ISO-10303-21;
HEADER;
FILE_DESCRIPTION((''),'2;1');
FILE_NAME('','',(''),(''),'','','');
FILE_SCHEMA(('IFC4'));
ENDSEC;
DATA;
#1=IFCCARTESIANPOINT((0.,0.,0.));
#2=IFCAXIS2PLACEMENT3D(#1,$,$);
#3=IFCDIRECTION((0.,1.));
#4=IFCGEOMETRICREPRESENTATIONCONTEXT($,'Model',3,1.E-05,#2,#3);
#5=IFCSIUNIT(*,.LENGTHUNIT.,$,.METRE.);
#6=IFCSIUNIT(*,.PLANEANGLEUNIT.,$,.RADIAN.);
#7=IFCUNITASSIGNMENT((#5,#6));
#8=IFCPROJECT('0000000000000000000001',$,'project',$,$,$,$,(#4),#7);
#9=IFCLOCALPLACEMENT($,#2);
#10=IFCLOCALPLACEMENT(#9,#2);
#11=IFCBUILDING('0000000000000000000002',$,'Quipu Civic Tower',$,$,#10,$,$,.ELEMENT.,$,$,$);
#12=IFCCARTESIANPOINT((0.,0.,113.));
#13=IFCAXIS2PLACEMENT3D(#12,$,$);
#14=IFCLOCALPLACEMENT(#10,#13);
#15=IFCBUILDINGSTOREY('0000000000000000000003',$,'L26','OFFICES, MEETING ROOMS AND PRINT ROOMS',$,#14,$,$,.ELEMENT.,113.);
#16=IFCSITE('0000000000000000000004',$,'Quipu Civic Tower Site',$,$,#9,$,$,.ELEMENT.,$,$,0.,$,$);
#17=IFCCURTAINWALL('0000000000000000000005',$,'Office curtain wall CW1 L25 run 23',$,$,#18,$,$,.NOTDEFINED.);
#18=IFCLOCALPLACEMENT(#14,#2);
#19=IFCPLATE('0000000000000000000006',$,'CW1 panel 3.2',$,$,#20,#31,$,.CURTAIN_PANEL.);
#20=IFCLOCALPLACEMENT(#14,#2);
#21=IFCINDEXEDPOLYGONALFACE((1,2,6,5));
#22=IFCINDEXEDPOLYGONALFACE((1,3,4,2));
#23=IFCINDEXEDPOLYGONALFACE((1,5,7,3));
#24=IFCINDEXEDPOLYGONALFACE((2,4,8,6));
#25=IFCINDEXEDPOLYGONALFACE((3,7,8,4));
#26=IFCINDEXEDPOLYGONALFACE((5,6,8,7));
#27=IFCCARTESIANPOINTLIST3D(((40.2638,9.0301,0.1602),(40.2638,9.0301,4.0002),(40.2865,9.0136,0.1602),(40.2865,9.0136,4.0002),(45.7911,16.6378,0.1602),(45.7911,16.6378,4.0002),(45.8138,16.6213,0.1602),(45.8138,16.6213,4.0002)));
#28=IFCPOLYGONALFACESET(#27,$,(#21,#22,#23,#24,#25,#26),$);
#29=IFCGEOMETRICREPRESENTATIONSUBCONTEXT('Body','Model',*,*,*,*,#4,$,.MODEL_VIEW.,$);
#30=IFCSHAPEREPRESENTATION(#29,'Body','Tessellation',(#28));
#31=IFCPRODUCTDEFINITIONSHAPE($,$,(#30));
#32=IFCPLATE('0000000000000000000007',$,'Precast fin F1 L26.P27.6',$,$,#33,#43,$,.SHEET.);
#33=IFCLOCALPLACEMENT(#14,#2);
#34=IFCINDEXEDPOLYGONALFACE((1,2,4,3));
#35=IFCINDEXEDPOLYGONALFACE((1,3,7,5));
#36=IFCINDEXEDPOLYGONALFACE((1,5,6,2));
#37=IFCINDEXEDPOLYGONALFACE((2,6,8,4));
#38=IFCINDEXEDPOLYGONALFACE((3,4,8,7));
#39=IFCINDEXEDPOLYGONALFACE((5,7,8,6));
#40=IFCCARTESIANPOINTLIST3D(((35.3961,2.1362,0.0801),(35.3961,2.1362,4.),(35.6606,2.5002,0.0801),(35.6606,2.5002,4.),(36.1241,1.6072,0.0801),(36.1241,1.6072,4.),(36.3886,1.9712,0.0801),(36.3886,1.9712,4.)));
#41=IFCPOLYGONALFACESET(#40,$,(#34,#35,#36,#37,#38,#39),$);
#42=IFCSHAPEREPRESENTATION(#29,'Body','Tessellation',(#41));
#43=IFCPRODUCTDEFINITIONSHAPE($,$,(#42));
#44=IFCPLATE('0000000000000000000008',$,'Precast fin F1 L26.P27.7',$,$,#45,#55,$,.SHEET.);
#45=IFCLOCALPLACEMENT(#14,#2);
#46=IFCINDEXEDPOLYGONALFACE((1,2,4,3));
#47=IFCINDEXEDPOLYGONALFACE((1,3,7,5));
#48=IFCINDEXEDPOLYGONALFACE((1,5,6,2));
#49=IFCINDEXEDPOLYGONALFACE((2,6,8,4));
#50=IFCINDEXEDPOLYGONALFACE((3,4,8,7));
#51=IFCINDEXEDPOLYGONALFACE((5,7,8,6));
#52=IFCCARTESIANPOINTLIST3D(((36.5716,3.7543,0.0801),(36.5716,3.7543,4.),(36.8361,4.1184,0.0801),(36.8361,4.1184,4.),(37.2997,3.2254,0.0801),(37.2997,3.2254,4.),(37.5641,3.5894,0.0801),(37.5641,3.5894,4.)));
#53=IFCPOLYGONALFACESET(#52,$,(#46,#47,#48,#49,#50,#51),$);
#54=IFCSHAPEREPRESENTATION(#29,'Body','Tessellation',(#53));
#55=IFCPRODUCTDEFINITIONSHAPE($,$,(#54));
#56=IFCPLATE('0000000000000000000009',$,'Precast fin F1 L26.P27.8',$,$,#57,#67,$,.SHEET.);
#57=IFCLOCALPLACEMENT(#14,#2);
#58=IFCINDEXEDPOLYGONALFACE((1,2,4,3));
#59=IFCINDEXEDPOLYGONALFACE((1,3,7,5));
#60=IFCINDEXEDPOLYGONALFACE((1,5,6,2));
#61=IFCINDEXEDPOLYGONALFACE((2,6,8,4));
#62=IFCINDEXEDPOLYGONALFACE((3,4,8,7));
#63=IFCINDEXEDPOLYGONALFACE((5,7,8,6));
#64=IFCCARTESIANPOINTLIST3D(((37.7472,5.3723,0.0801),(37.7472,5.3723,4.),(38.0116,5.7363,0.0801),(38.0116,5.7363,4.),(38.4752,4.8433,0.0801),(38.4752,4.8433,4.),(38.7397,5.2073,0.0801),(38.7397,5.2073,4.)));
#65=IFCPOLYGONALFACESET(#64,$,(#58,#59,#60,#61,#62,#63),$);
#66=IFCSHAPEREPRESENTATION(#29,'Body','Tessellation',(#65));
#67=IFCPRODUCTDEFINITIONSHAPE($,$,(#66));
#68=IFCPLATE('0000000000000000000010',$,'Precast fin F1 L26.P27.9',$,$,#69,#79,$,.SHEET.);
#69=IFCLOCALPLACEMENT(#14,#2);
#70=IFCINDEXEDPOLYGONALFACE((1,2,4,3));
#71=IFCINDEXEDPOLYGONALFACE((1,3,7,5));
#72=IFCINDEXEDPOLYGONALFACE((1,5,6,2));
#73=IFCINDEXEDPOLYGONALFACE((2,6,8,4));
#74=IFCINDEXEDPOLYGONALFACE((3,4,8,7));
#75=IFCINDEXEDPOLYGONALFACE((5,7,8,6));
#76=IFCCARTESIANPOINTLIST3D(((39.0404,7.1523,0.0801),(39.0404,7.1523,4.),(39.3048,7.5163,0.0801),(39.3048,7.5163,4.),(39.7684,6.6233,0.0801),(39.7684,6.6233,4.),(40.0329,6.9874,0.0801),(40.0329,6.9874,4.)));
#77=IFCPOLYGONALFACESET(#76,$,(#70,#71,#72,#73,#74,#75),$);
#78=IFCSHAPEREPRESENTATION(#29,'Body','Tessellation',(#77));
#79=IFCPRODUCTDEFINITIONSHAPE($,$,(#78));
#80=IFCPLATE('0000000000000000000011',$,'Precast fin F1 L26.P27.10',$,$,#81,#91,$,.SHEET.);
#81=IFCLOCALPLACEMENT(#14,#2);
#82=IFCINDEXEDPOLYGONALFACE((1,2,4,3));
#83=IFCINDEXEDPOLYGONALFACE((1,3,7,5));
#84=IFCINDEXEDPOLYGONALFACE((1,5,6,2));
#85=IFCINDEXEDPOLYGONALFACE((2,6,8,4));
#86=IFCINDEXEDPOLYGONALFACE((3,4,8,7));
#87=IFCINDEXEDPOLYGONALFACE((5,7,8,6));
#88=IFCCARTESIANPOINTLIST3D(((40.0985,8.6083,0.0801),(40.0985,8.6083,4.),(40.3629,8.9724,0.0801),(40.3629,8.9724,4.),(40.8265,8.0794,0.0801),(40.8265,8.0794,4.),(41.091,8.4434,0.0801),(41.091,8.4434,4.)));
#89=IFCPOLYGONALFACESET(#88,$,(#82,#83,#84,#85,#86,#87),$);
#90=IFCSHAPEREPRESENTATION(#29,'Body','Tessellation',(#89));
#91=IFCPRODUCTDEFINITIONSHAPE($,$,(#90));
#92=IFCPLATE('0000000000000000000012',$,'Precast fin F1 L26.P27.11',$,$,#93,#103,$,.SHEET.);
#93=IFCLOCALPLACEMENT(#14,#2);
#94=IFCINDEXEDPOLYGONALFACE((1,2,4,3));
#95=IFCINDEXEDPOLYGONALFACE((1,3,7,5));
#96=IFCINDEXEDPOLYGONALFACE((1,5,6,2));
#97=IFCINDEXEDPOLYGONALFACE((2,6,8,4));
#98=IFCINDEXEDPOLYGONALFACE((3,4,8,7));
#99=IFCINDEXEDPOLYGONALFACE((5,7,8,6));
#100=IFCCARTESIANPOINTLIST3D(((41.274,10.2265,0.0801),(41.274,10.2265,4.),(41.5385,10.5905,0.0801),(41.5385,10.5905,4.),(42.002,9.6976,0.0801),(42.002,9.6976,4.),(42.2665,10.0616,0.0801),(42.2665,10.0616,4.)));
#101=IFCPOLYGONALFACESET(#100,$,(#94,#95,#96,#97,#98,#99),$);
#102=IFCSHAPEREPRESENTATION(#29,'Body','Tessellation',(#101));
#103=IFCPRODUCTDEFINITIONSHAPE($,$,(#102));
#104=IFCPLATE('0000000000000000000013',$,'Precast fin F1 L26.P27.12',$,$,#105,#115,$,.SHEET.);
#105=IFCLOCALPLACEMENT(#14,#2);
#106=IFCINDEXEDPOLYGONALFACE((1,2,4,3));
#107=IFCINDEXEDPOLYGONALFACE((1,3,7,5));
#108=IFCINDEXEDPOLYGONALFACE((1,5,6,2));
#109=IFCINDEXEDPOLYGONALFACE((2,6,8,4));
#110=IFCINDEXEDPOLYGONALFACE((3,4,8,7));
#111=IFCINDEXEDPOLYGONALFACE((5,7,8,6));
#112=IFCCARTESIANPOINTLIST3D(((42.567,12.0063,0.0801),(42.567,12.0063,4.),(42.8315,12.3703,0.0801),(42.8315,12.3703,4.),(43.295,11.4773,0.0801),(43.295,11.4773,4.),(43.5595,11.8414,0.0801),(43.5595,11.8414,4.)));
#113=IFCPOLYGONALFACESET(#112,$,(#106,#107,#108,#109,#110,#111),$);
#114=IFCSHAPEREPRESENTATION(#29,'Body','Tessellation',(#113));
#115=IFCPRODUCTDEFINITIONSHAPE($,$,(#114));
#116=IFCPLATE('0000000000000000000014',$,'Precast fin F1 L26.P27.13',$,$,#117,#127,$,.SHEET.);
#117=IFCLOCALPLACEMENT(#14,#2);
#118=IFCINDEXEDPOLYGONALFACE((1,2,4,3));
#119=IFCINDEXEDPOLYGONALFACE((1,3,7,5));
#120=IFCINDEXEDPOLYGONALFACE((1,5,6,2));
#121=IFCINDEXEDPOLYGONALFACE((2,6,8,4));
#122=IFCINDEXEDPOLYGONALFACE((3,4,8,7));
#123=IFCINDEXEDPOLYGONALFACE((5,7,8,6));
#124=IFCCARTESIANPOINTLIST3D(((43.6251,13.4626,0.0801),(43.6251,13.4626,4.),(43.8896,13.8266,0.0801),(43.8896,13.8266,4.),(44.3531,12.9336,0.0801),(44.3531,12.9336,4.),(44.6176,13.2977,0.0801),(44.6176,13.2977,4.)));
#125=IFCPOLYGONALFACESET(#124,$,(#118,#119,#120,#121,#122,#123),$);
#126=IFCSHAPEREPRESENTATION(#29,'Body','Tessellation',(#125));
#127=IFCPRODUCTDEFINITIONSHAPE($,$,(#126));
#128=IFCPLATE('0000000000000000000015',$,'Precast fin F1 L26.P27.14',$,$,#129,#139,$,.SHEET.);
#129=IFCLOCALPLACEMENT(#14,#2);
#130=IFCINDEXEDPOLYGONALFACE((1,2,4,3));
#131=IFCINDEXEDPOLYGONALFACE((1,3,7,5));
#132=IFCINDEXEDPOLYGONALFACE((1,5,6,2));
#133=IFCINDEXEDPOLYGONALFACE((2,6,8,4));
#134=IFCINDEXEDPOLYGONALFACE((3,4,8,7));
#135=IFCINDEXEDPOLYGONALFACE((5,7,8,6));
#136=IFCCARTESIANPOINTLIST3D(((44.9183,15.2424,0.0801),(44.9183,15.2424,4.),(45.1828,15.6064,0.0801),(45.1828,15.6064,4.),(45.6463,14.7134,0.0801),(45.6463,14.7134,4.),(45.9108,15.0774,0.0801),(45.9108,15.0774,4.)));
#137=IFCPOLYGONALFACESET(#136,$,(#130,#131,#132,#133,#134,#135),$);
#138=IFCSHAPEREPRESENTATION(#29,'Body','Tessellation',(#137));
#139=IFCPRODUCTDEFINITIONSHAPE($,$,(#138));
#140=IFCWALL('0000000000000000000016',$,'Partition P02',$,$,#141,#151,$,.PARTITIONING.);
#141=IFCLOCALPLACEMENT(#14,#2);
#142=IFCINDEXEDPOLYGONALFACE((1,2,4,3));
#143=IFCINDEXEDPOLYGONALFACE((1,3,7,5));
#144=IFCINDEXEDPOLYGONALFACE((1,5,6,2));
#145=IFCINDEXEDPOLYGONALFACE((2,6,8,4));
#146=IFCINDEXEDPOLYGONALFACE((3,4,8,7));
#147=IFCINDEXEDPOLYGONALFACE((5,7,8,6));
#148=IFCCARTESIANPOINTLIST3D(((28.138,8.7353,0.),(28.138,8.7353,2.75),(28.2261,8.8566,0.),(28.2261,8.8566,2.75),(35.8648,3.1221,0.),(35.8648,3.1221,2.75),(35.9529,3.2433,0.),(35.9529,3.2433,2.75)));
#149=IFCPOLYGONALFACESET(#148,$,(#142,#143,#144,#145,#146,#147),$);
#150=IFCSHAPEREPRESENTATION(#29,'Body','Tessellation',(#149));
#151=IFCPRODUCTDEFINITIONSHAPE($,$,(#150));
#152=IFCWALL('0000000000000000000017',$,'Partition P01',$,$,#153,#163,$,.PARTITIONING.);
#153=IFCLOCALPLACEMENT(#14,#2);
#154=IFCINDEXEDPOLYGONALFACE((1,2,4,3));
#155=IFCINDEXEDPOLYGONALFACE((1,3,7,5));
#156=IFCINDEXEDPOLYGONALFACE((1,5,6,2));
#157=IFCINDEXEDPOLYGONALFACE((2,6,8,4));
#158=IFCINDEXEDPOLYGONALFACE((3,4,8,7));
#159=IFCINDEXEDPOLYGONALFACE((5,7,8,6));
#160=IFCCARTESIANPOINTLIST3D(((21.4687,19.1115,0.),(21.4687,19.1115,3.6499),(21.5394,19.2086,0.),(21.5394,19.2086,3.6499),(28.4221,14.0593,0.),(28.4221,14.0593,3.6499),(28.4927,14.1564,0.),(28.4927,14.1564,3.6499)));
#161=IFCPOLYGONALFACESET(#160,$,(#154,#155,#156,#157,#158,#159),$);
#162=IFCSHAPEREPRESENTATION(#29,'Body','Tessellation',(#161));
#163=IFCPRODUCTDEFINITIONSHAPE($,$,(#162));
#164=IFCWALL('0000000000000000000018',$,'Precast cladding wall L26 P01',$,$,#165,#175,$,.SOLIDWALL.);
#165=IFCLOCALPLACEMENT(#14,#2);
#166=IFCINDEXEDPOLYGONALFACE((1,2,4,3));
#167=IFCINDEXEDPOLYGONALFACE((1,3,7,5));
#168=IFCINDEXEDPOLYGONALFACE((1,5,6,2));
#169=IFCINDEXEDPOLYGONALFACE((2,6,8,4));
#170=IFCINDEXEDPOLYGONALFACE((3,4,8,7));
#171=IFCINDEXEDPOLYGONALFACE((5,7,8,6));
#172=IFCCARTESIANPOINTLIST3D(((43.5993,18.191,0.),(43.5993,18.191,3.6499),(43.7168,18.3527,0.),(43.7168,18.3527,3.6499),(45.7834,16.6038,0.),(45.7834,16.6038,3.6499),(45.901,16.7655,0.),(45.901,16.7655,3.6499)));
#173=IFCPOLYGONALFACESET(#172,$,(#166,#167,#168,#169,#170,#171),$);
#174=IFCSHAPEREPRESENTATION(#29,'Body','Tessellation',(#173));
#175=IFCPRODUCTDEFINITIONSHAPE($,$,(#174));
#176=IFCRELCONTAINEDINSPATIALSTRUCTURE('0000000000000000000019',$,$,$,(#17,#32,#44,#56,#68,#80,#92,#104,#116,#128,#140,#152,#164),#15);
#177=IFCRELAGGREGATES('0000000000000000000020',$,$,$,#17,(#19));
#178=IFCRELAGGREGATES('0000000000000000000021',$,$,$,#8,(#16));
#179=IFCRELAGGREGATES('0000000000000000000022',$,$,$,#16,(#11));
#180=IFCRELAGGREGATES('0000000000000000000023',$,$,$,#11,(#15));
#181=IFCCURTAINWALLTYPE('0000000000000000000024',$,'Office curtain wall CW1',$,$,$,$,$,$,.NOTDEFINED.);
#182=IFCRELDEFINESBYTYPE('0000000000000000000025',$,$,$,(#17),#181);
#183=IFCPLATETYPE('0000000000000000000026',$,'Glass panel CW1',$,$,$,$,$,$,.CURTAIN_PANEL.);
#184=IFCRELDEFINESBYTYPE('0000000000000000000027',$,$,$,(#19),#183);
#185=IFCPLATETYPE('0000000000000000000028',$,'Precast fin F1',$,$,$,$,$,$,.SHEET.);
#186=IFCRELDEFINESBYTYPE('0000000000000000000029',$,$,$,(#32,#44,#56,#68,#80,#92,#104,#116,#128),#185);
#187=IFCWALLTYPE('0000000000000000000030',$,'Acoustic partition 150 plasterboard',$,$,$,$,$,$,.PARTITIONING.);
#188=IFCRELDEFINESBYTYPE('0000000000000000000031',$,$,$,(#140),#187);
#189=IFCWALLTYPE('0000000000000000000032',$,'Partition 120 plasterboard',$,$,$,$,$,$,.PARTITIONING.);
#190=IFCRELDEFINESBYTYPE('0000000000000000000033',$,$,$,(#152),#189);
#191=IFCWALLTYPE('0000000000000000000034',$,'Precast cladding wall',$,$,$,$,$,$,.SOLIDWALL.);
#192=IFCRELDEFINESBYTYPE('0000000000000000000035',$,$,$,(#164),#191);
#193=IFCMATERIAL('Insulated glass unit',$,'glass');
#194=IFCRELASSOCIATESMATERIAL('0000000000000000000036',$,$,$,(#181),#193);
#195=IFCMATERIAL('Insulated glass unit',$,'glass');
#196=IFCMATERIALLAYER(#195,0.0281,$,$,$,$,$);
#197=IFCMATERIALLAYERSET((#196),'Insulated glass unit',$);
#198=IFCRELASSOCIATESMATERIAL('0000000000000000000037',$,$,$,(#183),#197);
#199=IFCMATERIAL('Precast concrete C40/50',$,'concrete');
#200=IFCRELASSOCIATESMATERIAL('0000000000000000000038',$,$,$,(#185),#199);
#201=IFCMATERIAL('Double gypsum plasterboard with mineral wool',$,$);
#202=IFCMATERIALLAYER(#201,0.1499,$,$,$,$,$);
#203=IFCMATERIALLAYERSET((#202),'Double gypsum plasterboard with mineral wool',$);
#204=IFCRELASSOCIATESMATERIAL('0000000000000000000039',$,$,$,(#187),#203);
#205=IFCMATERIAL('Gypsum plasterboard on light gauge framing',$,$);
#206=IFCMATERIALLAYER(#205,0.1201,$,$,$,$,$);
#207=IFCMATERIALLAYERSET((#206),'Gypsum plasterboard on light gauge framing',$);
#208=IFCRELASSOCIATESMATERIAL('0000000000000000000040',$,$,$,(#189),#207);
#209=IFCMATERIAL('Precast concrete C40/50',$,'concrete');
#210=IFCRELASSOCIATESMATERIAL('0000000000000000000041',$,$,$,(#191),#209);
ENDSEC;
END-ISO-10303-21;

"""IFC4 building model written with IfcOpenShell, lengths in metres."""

from ifc_helpers import new_model, si_unit, direction, frame, frame_2d, origin, origin_2d, place, context, subcontext, project, spatial, rectangle, extrude, material, layer, layer_set, type_object, element, aggregate, save


model = new_model("IFC4")

# Units and contexts
model_context = context("Model", 3, precision=1e-05, world=origin(), true_north=direction((0.0, 1.0)))
body_context = subcontext(model_context, "Body", "Model", "MODEL_VIEW")
ifc_project = project(units=[si_unit("LENGTHUNIT", "METRE"), si_unit("PLANEANGLEUNIT", "RADIAN")], contexts=[model_context])

# Site, building, storey
site_placement = place(None, origin())
site = spatial("IfcSite", under=ifc_project, at=site_placement, Name="Quipu Civic Tower Site", CompositionType="ELEMENT", RefElevation=0.0)
building_placement = place(site_placement, origin())
building = spatial("IfcBuilding", under=site, at=building_placement, Name="Quipu Civic Tower", CompositionType="ELEMENT")
storey_placement = place(building_placement, frame((0.0, 0.0, 113.0)))
storey = spatial("IfcBuildingStorey", under=building, at=storey_placement, Name="L26", Description="OFFICES, MEETING ROOMS AND PRINT ROOMS", CompositionType="ELEMENT", Elevation=113.0)

# Curtain wall
ifc_material_1 = material(Name="Insulated glass unit", Category="glass")
curtain_wall_type = type_object("IfcCurtainWallType", Name="Office curtain wall CW1", PredefinedType="NOTDEFINED", material=ifc_material_1)
curtain_wall_placement = place(storey_placement, origin())
curtain_wall = element("IfcCurtainWall", 1, at=curtain_wall_placement, inside=storey, type_object=curtain_wall_type, Name="Office curtain wall CW1 L25 run 23", PredefinedType="NOTDEFINED")

# Plate
ifc_material_2 = material(Name="Insulated glass unit", Category="glass")
ifc_layer_1 = layer(ifc_material_2, 0.0281)
ifc_layer_set_1 = layer_set([ifc_layer_1], Name="Insulated glass unit")
plate_type_1 = type_object("IfcPlateType", Name="Glass panel CW1", PredefinedType="CURTAIN_PANEL", material=ifc_layer_set_1)
plate_1_placement = place(storey_placement, frame((43.0388, 12.8257, 0.1602), z_axis=(0.0, 0.0, 1.0), x_axis=(0.587785, 0.809017, 0.0)))
plate_1 = element("IfcPlate", 2, at=plate_1_placement, type_object=plate_type_1, Name="CW1 panel 3.2", PredefinedType="CURTAIN_PANEL", context=body_context, shape_type="SweptSolid", body=[
    extrude(rectangle(XDim=9.4036, YDim=0.0281, at=origin_2d()), origin(), (0.0, 0.0, 1.0), 3.8401),
])
aggregate(curtain_wall, [plate_1])

# Plates
ifc_material_3 = material(Name="Precast concrete C40/50", Category="concrete")
plate_type_2 = type_object("IfcPlateType", Name="Precast fin F1", PredefinedType="SHEET", material=ifc_material_3)
for number, where, z_axis, x_axis, name in (
    (3, (35.8923, 2.0537, 0.0801), (0.0, 0.0, 1.0), (0.587786, 0.809017, 0.0), "Precast fin F1 L26.P27.6"),
    (4, (37.0679, 3.6719, 0.0801), (0.0, 0.0, 1.0), (0.587786, 0.809017, 0.0), "Precast fin F1 L26.P27.7"),
    (5, (38.2434, 5.2898, 0.0801), (0.0, 0.0, 1.0), (0.587786, 0.809017, 0.0), "Precast fin F1 L26.P27.8"),
    (6, (39.5366, 7.0698, 0.0801), (0.0, 0.0, 1.0), (0.587786, 0.809017, 0.0), "Precast fin F1 L26.P27.9"),
    (7, (40.5947, 8.5259, 0.0801), (0.0, 0.0, 1.0), (0.587786, 0.809017, 0.0), "Precast fin F1 L26.P27.10"),
    (8, (41.7703, 10.144, 0.0801), (0.0, 0.0, 1.0), (0.587786, 0.809017, 0.0), "Precast fin F1 L26.P27.11"),
    (9, (43.0632, 11.9238, 0.0801), (0.0, 0.0, 1.0), (0.587786, 0.809017, 0.0), "Precast fin F1 L26.P27.12"),
    (10, (44.1213, 13.3801, 0.0801), (0.0, 0.0, 1.0), (0.587786, 0.809017, 0.0), "Precast fin F1 L26.P27.13"),
    (11, (45.4146, 15.1599, 0.0801), (0.0, 0.0, 1.0), (0.587786, 0.809017, 0.0), "Precast fin F1 L26.P27.14"),
):
    element("IfcPlate", number, at=place(storey_placement, frame(where, z_axis=z_axis, x_axis=x_axis)), inside=storey, type_object=plate_type_2, Name=name, PredefinedType="SHEET", context=body_context, shape_type="SweptSolid", body=[
        extrude(rectangle(XDim=0.45, YDim=0.8999, at=origin_2d()), origin(), (0.0, 0.0, 1.0), 3.9199),
    ])

# Walls
ifc_material_4 = material(Name="Double gypsum plasterboard with mineral wool")
ifc_layer_2 = layer(ifc_material_4, 0.1499)
ifc_layer_set_2 = layer_set([ifc_layer_2], Name="Double gypsum plasterboard with mineral wool")
wall_type_1 = type_object("IfcWallType", Name="Acoustic partition 150 plasterboard", PredefinedType="PARTITIONING", material=ifc_layer_set_2)
wall_1_placement = place(storey_placement, frame((35.9089, 3.1826, 0.0), z_axis=(0.0, 0.0, 1.0), x_axis=(-0.809045, 0.587746, 0.0)))
element("IfcWall", 12, at=wall_1_placement, inside=storey, type_object=wall_type_1, Name="Partition P02", PredefinedType="PARTITIONING", context=body_context, shape_type="SweptSolid", body=[
    extrude(rectangle(XDim=9.5505, YDim=0.1499, at=frame_2d((4.7754, 0.0))), origin(), (0.0, 0.0, 1.0), 2.75),
])
ifc_material_5 = material(Name="Gypsum plasterboard on light gauge framing")
ifc_layer_3 = layer(ifc_material_5, 0.1201)
ifc_layer_set_3 = layer_set([ifc_layer_3], Name="Gypsum plasterboard on light gauge framing")
wall_type_2 = type_object("IfcWallType", Name="Partition 120 plasterboard", PredefinedType="PARTITIONING", material=ifc_layer_set_3)
wall_2_placement = place(storey_placement, frame((28.4573, 14.1079, 0.0), z_axis=(0.0, 0.0, 1.0), x_axis=(-0.808999, 0.58781, 0.0)))
element("IfcWall", 13, at=wall_2_placement, inside=storey, type_object=wall_type_2, Name="Partition P01", PredefinedType="PARTITIONING", context=body_context, shape_type="SweptSolid", body=[
    extrude(rectangle(XDim=8.595, YDim=0.1201, at=frame_2d((4.2974, 0.0))), origin(), (0.0, 0.0, 1.0), 3.6499),
])
ifc_material_6 = material(Name="Precast concrete C40/50", Category="concrete")
wall_type_3 = type_object("IfcWallType", Name="Precast cladding wall", PredefinedType="SOLIDWALL", material=ifc_material_6)
wall_3_placement = place(storey_placement, frame((45.8423, 16.6846, 0.0), z_axis=(0.0, 0.0, 1.0), x_axis=(-0.808959, 0.587865, 0.0)))
element("IfcWall", 14, at=wall_3_placement, inside=storey, type_object=wall_type_3, Name="Precast cladding wall L26 P01", PredefinedType="SOLIDWALL", context=body_context, shape_type="SweptSolid", body=[
    extrude(rectangle(XDim=2.7, YDim=0.2, at=frame_2d((1.3501, 0.0))), origin(), (0.0, 0.0, 1.0), 3.6499),
])

save(model, "model.ifc")
